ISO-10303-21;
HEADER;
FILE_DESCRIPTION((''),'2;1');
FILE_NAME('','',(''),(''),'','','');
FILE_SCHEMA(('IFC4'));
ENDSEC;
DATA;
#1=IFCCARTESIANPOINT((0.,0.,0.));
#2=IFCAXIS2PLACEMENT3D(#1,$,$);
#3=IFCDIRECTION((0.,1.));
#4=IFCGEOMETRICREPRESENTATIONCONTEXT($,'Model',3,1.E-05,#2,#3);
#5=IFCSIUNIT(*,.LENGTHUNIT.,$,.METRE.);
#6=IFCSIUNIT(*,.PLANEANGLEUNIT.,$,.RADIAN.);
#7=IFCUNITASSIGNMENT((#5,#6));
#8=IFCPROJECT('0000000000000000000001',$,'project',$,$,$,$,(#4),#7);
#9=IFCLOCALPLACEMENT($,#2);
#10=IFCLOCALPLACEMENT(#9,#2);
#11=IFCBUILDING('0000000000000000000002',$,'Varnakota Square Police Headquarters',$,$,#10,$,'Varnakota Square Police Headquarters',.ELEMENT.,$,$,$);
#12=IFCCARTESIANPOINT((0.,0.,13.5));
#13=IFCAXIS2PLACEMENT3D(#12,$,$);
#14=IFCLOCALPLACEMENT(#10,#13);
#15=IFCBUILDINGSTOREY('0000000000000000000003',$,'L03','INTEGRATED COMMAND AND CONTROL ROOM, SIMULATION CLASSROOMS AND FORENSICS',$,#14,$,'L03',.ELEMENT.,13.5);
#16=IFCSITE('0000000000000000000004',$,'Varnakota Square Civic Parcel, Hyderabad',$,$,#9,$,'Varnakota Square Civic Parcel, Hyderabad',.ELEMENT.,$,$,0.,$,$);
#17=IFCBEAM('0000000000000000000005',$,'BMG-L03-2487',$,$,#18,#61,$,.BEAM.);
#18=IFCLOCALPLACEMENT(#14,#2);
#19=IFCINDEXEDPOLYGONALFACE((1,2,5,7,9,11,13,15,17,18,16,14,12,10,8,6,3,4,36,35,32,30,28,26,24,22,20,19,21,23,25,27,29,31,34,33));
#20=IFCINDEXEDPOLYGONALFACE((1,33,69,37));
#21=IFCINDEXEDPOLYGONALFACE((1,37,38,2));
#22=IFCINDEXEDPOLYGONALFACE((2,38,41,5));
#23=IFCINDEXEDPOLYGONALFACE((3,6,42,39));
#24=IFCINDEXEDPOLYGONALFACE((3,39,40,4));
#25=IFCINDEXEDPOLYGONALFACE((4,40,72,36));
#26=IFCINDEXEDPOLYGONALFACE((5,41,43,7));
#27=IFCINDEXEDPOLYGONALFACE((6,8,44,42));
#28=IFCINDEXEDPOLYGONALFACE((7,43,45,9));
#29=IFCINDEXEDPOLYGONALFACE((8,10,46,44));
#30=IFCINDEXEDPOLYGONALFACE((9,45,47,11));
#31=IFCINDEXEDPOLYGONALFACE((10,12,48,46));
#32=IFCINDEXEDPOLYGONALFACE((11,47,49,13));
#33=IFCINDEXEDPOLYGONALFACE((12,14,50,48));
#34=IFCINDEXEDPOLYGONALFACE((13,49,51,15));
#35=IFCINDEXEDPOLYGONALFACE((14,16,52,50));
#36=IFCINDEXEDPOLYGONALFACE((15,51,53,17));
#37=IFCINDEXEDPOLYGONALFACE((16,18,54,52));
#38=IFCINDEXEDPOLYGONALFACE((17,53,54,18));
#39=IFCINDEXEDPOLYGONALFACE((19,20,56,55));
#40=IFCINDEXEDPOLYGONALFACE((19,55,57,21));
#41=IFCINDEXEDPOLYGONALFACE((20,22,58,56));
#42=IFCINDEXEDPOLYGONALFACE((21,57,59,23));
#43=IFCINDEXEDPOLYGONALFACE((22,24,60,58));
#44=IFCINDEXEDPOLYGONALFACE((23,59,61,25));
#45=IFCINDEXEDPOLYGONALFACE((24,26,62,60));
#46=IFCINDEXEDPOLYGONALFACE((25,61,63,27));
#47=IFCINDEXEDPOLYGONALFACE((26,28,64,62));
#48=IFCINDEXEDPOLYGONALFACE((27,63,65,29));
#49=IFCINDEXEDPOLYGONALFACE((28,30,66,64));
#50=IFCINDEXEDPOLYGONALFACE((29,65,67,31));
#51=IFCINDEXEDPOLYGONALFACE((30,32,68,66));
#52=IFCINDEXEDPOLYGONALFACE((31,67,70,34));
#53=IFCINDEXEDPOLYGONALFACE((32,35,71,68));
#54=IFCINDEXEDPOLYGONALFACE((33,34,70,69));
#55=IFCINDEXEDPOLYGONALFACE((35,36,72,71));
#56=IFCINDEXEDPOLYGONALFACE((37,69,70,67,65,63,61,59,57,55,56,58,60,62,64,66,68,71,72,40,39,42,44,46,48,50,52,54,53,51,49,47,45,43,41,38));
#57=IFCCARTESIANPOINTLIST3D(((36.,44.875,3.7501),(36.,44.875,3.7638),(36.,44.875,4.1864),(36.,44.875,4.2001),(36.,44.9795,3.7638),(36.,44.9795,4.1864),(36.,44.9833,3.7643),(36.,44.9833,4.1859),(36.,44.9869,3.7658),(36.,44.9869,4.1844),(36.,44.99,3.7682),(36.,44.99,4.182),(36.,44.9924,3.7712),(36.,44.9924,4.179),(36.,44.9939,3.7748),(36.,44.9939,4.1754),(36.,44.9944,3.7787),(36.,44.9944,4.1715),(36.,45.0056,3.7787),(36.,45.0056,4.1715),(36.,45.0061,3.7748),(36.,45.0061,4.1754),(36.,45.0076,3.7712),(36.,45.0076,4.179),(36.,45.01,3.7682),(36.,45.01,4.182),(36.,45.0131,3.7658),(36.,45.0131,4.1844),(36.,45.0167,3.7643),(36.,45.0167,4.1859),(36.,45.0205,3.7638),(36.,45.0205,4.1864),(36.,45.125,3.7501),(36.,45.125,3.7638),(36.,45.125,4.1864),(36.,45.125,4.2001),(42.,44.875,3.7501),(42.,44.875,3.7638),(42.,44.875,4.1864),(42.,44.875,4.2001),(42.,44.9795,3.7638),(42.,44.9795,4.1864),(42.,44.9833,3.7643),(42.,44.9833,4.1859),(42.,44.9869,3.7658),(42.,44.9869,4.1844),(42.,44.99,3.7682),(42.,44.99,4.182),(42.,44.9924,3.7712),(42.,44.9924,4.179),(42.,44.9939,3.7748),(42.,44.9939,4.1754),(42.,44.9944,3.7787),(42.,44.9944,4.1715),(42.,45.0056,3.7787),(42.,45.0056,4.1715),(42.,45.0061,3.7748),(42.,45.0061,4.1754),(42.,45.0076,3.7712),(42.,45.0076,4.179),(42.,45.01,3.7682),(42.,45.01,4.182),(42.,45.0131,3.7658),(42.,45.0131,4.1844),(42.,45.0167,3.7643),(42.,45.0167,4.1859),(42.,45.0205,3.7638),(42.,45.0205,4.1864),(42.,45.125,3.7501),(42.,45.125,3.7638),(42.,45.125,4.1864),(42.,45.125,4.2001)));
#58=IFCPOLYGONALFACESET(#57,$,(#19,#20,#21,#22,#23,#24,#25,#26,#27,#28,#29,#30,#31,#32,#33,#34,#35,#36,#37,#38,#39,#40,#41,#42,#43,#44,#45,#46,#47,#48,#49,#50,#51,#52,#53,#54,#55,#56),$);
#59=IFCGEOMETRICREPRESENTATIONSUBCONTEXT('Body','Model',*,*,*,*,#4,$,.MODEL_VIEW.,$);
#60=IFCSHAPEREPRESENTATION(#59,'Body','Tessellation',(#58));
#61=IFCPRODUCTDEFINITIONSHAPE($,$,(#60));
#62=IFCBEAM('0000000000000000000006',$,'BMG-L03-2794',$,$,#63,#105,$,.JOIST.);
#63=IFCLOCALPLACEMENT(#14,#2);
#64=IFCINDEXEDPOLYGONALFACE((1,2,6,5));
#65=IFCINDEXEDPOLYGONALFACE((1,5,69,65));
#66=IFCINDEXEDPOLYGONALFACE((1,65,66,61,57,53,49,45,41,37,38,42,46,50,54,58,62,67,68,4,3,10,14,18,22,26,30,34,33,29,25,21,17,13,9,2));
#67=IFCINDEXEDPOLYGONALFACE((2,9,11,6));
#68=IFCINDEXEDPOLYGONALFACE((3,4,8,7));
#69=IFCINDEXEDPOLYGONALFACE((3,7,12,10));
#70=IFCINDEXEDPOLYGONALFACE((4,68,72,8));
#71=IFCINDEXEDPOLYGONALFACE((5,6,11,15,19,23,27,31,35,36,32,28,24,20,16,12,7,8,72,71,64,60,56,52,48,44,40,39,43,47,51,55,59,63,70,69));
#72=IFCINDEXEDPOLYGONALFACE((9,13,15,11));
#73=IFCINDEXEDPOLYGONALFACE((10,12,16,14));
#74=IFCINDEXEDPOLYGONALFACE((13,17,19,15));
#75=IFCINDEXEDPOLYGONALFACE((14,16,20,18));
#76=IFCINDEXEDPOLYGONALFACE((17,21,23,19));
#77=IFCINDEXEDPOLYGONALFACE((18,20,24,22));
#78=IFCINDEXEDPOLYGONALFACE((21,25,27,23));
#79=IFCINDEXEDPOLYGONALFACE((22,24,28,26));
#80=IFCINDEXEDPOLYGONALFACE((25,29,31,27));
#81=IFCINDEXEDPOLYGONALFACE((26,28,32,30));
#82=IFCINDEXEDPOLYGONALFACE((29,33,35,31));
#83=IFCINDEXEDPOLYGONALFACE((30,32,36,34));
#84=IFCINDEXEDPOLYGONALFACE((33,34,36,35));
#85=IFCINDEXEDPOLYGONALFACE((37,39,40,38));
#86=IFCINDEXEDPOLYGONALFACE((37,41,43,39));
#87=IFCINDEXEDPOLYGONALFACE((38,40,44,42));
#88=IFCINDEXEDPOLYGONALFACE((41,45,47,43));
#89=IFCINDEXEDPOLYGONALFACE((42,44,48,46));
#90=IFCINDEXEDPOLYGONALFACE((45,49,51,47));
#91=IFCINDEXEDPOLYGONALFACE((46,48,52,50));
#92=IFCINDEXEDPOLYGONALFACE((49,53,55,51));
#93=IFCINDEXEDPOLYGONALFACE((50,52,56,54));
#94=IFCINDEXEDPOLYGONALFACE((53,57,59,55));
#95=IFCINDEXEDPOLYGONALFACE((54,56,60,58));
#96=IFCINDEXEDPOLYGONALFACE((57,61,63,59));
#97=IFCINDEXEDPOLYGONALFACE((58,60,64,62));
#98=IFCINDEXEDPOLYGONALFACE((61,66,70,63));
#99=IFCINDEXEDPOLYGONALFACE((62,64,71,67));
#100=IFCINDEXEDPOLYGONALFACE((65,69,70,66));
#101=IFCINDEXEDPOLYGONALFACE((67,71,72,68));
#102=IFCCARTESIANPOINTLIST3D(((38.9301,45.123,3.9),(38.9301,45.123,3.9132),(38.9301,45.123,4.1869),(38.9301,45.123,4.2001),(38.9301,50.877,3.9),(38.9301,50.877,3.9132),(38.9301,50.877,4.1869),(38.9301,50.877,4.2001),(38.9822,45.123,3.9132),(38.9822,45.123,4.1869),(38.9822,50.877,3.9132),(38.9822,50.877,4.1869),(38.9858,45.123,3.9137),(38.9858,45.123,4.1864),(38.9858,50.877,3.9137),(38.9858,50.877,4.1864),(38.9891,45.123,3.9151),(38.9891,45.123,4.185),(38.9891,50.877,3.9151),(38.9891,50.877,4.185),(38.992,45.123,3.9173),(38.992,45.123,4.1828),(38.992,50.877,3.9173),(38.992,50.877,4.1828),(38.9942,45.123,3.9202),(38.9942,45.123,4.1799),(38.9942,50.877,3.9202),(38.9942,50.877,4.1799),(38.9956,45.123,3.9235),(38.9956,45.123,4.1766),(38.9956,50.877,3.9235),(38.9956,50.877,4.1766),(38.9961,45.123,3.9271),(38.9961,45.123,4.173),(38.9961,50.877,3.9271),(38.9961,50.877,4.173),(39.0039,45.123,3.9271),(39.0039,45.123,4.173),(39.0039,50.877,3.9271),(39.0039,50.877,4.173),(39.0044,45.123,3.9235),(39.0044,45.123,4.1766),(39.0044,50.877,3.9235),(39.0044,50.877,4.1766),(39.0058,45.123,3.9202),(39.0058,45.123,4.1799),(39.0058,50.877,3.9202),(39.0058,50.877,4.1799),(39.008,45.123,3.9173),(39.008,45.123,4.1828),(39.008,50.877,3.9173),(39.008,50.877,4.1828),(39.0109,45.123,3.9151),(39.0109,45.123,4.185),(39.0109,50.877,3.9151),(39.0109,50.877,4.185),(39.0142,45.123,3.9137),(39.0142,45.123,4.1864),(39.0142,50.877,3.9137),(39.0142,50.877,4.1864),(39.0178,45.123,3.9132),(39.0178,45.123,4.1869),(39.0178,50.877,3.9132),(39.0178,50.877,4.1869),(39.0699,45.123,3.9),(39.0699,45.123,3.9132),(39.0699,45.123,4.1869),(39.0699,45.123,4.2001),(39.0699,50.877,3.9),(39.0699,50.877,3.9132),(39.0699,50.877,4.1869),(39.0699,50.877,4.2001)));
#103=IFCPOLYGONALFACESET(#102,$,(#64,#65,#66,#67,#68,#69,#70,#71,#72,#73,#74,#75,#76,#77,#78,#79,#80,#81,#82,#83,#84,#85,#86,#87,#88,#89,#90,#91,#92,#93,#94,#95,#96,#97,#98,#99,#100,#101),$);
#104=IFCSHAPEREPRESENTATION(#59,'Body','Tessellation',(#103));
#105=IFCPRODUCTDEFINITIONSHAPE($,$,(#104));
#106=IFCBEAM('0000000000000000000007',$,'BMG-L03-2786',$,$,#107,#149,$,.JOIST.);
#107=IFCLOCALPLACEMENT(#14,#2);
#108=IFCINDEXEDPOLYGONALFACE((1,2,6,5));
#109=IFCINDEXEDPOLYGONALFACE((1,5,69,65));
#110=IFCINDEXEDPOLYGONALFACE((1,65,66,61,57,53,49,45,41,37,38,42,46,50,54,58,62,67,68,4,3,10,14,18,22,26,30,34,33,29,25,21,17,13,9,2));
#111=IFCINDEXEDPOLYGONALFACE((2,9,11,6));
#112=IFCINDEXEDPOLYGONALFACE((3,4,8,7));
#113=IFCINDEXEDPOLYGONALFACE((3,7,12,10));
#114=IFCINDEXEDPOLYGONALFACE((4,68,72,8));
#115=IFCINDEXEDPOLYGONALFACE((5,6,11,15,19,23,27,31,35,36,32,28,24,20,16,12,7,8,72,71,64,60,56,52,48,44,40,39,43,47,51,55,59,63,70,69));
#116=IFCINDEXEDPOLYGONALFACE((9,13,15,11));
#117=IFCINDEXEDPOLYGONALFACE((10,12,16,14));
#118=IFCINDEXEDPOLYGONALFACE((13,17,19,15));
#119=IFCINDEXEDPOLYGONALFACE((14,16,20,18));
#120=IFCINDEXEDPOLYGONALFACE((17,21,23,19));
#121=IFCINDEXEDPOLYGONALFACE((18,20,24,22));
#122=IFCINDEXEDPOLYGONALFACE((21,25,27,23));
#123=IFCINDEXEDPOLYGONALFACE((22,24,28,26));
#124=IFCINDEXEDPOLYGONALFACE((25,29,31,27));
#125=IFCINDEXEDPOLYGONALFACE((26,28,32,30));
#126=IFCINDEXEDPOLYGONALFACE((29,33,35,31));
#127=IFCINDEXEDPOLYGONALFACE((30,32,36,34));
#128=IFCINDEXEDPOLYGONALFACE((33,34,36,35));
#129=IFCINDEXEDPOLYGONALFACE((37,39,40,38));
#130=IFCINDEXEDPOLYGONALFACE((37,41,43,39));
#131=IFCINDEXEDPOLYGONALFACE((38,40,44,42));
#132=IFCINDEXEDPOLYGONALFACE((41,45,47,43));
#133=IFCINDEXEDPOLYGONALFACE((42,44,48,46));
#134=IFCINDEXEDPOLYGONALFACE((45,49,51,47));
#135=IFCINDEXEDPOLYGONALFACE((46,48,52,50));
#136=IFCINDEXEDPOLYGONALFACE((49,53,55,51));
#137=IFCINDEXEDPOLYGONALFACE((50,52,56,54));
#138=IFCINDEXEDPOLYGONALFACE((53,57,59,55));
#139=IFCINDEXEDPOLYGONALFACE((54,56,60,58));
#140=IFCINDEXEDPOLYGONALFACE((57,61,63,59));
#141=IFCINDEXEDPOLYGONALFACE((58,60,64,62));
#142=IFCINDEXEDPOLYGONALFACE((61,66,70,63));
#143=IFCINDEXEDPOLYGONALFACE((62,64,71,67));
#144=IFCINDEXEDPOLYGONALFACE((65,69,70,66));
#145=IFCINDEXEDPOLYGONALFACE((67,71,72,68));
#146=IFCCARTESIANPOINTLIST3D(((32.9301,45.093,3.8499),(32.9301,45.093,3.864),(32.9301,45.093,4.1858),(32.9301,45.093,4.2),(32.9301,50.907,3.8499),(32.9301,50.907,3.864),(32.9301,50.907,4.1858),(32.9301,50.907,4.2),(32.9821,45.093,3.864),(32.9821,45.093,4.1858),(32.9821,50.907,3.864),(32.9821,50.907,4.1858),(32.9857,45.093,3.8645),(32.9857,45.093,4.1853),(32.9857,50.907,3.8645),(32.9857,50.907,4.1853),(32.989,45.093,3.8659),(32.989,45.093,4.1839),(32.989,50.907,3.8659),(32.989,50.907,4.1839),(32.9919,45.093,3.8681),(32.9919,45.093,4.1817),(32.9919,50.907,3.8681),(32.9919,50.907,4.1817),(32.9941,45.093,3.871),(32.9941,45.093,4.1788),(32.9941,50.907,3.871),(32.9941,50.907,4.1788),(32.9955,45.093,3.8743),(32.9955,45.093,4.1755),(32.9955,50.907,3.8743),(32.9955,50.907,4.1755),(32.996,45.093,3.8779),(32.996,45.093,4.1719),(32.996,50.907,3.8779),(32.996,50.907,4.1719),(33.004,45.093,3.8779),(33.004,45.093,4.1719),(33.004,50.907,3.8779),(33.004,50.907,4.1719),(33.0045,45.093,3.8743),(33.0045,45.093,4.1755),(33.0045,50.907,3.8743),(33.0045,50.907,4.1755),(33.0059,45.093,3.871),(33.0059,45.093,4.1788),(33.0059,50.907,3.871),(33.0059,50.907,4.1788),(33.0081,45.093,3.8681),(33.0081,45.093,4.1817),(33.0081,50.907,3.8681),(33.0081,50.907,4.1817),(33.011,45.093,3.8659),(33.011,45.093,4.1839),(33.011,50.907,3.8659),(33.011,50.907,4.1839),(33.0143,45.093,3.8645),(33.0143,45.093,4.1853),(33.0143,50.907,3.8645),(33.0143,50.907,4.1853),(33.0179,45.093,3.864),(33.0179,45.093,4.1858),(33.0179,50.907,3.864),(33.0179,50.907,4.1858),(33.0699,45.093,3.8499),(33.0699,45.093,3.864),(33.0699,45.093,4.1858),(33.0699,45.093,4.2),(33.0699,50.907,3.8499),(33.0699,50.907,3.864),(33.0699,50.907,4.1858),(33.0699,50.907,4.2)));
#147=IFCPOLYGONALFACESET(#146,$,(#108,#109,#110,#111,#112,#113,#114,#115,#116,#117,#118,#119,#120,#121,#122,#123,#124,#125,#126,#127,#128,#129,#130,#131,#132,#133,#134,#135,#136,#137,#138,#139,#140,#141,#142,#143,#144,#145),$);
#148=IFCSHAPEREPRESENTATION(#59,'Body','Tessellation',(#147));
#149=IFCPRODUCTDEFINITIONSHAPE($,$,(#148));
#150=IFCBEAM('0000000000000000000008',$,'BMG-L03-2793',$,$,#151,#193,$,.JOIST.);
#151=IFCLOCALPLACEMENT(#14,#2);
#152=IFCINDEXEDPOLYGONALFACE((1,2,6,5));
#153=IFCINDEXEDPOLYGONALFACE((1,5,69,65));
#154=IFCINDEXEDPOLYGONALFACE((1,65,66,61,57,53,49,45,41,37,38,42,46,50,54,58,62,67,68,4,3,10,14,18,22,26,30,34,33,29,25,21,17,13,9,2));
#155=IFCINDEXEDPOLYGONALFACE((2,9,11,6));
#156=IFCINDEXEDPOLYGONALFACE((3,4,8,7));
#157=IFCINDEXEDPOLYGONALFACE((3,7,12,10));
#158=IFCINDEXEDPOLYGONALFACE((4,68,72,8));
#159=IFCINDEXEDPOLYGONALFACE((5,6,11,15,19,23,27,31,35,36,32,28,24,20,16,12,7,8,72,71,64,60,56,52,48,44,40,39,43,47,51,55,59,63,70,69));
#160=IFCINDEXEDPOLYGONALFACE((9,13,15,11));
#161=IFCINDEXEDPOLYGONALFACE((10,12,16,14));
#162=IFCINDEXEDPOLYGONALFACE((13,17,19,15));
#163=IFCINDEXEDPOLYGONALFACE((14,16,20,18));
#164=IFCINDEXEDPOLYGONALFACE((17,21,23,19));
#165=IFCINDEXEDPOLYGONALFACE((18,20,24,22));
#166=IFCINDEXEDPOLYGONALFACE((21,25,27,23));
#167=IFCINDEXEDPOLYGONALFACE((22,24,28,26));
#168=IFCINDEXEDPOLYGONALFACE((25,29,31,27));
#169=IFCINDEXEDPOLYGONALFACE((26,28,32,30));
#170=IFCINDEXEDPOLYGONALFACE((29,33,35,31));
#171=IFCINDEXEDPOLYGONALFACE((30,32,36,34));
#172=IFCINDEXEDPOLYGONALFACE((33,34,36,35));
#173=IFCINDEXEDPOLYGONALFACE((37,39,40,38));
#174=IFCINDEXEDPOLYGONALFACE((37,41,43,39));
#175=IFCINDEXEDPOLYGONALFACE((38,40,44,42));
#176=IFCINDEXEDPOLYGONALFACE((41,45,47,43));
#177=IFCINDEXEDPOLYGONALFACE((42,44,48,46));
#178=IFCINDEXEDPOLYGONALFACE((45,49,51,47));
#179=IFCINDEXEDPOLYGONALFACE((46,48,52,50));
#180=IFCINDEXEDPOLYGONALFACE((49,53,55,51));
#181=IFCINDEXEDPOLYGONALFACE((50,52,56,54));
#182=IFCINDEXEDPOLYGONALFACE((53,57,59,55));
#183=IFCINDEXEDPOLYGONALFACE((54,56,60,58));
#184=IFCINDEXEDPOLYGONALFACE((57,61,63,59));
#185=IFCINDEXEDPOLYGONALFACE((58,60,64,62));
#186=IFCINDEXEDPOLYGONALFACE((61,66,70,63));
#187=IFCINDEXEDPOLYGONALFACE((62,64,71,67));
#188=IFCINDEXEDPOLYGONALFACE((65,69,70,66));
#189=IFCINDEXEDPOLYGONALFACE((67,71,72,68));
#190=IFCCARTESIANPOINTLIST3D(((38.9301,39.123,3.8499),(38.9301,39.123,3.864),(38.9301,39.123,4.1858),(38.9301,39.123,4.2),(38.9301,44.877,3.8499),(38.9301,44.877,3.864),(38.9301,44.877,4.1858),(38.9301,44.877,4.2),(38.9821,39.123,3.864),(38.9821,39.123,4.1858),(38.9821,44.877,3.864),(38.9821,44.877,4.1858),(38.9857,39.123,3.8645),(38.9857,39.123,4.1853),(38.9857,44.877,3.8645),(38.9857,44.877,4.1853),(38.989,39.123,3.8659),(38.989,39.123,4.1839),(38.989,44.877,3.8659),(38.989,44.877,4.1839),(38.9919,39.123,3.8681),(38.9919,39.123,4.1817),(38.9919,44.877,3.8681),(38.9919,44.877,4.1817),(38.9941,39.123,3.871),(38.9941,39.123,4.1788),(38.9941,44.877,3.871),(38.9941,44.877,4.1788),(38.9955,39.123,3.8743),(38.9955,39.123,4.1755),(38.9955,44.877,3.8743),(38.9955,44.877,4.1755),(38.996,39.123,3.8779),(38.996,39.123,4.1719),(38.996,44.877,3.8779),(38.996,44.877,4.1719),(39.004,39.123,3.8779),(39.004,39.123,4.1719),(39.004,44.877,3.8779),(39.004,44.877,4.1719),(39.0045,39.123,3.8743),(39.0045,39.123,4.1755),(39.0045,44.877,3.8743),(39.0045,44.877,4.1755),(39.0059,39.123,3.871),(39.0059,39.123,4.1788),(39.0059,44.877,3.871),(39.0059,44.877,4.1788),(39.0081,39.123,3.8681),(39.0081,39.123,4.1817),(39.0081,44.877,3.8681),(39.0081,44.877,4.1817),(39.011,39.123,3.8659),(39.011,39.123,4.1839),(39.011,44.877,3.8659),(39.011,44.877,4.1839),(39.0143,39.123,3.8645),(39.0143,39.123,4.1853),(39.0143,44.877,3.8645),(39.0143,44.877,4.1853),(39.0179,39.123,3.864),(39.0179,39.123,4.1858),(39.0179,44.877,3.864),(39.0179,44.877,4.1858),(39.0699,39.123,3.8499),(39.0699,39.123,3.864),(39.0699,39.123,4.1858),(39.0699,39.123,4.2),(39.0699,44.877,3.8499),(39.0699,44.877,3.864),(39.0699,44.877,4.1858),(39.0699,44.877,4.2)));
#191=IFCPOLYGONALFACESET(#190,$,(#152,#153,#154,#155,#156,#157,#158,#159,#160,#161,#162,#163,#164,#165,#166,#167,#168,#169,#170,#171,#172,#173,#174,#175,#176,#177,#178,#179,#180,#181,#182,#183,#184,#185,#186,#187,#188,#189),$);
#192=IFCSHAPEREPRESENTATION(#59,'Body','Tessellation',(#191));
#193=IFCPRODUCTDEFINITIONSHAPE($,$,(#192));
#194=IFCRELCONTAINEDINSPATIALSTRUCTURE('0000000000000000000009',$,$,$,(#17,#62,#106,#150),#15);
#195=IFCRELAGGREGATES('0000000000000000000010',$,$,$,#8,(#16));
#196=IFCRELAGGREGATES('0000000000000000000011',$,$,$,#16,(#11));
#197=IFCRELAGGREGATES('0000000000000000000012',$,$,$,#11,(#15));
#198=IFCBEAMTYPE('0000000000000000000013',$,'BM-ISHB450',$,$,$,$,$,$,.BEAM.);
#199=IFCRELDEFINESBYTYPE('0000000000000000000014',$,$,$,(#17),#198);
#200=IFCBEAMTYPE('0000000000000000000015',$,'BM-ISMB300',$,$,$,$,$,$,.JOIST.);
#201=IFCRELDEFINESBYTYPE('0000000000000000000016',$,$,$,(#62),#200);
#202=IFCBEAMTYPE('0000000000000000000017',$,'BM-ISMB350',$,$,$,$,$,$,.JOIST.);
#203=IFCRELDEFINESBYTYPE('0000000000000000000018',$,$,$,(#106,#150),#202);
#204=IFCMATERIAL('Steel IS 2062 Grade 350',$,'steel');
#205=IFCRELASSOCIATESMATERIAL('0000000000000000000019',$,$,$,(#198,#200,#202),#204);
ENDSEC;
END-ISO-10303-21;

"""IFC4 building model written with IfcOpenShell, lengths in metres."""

from ifc_helpers import new_model, si_unit, direction, frame, origin, origin_2d, place, context, subcontext, project, spatial, i_section, extrude, material, material_profile, profile_set, type_object, element, save


model = new_model("IFC4")

# Units and contexts
model_context = context("Model", 3, precision=1e-05, world=origin(), true_north=direction((0.0, 1.0)))
body_context = subcontext(model_context, "Body", "Model", "MODEL_VIEW")
ifc_project = project(units=[si_unit("LENGTHUNIT", "METRE"), si_unit("PLANEANGLEUNIT", "RADIAN")], contexts=[model_context])

# Site, building, storey
site_placement = place(None, origin())
site = spatial("IfcSite", under=ifc_project, at=site_placement, Name="Varnakota Square Civic Parcel, Hyderabad", LongName="Varnakota Square Civic Parcel, Hyderabad", CompositionType="ELEMENT", RefElevation=0.0)
building_placement = place(site_placement, origin())
building = spatial("IfcBuilding", under=site, at=building_placement, Name="Varnakota Square Police Headquarters", LongName="Varnakota Square Police Headquarters", CompositionType="ELEMENT")
storey_placement = place(building_placement, frame((0.0, 0.0, 13.5)))
storey = spatial("IfcBuildingStorey", under=building, at=storey_placement, Name="L03", Description="INTEGRATED COMMAND AND CONTROL ROOM, SIMULATION CLASSROOMS AND FORENSICS", LongName="L03", CompositionType="ELEMENT", Elevation=13.5)

# Shared definitions
ifc_material_1 = material(Name="Steel IS 2062 Grade 350", Category="steel")

# Beams
ifc_material_profile_1 = material_profile(ifc_material_1, i_section(OverallWidth=0.25, OverallDepth=0.45, WebThickness=0.0112, FlangeThickness=0.0137, FilletRadius=0.0149, at=origin_2d()), Name="ISHB 450")
ifc_profile_set_1 = profile_set([ifc_material_profile_1], Name="Steel IS 2062 Grade 350")
beam_type_1 = type_object("IfcBeamType", Name="BM-ISHB450", PredefinedType="BEAM", material=ifc_profile_set_1)
beam_1_placement = place(storey_placement, frame((36.0, 45.0, 3.9751), z_axis=(1.0, 0.0, 0.0), x_axis=(0.0, 1.0, 0.0)))
element("IfcBeam", 1, at=beam_1_placement, inside=storey, type_object=beam_type_1, Name="BMG-L03-2487", PredefinedType="BEAM", context=body_context, shape_type="SweptSolid", body=[
    extrude(i_section(OverallWidth=0.25, OverallDepth=0.45, WebThickness=0.0112, FlangeThickness=0.0137, FilletRadius=0.0149, at=origin_2d()), origin(), (0.0, 0.0, 1.0), 6.0),
])
ifc_material_profile_2 = material_profile(ifc_material_1, i_section(OverallWidth=0.1399, OverallDepth=0.3, WebThickness=0.0078, FlangeThickness=0.0132, FilletRadius=0.0139, at=origin_2d()), Name="ISMB 300")
ifc_profile_set_2 = profile_set([ifc_material_profile_2], Name="Steel IS 2062 Grade 350")
beam_type_2 = type_object("IfcBeamType", Name="BM-ISMB300", PredefinedType="JOIST", material=ifc_profile_set_2)
beam_2_placement = place(storey_placement, frame((39.0, 45.123, 4.05), z_axis=(0.0, 1.0, 0.0), x_axis=(-1.0, 0.0, 0.0)))
element("IfcBeam", 2, at=beam_2_placement, inside=storey, type_object=beam_type_2, Name="BMG-L03-2794", PredefinedType="JOIST", context=body_context, shape_type="SweptSolid", body=[
    extrude(i_section(OverallWidth=0.1399, OverallDepth=0.3, WebThickness=0.0078, FlangeThickness=0.0132, FilletRadius=0.0139, at=origin_2d()), origin(), (0.0, 0.0, 1.0), 5.7539),
])
ifc_material_profile_3 = material_profile(ifc_material_1, i_section(OverallWidth=0.1399, OverallDepth=0.3501, WebThickness=0.0081, FlangeThickness=0.0142, FilletRadius=0.0139, at=origin_2d()), Name="ISMB 350")
ifc_profile_set_3 = profile_set([ifc_material_profile_3], Name="Steel IS 2062 Grade 350")
beam_type_3 = type_object("IfcBeamType", Name="BM-ISMB350", PredefinedType="JOIST", material=ifc_profile_set_3)
beam_3_placement = place(storey_placement, frame((33.0, 45.093, 4.0249), z_axis=(0.0, 1.0, 0.0), x_axis=(-1.0, 0.0, 0.0)))
element("IfcBeam", 3, at=beam_3_placement, inside=storey, type_object=beam_type_3, Name="BMG-L03-2786", PredefinedType="JOIST", context=body_context, shape_type="SweptSolid", body=[
    extrude(i_section(OverallWidth=0.1399, OverallDepth=0.3501, WebThickness=0.0081, FlangeThickness=0.0142, FilletRadius=0.0139, at=origin_2d()), origin(), (0.0, 0.0, 1.0), 5.814),
])
beam_4_placement = place(storey_placement, frame((39.0, 39.123, 4.0249), z_axis=(0.0, 1.0, 0.0), x_axis=(-1.0, 0.0, 0.0)))
element("IfcBeam", 4, at=beam_4_placement, inside=storey, type_object=beam_type_3, Name="BMG-L03-2793", PredefinedType="JOIST", context=body_context, shape_type="SweptSolid", body=[
    extrude(i_section(OverallWidth=0.1399, OverallDepth=0.3501, WebThickness=0.0081, FlangeThickness=0.0142, FilletRadius=0.0139, at=origin_2d()), origin(), (0.0, 0.0, 1.0), 5.7539),
])

save(model, "model.ifc")
